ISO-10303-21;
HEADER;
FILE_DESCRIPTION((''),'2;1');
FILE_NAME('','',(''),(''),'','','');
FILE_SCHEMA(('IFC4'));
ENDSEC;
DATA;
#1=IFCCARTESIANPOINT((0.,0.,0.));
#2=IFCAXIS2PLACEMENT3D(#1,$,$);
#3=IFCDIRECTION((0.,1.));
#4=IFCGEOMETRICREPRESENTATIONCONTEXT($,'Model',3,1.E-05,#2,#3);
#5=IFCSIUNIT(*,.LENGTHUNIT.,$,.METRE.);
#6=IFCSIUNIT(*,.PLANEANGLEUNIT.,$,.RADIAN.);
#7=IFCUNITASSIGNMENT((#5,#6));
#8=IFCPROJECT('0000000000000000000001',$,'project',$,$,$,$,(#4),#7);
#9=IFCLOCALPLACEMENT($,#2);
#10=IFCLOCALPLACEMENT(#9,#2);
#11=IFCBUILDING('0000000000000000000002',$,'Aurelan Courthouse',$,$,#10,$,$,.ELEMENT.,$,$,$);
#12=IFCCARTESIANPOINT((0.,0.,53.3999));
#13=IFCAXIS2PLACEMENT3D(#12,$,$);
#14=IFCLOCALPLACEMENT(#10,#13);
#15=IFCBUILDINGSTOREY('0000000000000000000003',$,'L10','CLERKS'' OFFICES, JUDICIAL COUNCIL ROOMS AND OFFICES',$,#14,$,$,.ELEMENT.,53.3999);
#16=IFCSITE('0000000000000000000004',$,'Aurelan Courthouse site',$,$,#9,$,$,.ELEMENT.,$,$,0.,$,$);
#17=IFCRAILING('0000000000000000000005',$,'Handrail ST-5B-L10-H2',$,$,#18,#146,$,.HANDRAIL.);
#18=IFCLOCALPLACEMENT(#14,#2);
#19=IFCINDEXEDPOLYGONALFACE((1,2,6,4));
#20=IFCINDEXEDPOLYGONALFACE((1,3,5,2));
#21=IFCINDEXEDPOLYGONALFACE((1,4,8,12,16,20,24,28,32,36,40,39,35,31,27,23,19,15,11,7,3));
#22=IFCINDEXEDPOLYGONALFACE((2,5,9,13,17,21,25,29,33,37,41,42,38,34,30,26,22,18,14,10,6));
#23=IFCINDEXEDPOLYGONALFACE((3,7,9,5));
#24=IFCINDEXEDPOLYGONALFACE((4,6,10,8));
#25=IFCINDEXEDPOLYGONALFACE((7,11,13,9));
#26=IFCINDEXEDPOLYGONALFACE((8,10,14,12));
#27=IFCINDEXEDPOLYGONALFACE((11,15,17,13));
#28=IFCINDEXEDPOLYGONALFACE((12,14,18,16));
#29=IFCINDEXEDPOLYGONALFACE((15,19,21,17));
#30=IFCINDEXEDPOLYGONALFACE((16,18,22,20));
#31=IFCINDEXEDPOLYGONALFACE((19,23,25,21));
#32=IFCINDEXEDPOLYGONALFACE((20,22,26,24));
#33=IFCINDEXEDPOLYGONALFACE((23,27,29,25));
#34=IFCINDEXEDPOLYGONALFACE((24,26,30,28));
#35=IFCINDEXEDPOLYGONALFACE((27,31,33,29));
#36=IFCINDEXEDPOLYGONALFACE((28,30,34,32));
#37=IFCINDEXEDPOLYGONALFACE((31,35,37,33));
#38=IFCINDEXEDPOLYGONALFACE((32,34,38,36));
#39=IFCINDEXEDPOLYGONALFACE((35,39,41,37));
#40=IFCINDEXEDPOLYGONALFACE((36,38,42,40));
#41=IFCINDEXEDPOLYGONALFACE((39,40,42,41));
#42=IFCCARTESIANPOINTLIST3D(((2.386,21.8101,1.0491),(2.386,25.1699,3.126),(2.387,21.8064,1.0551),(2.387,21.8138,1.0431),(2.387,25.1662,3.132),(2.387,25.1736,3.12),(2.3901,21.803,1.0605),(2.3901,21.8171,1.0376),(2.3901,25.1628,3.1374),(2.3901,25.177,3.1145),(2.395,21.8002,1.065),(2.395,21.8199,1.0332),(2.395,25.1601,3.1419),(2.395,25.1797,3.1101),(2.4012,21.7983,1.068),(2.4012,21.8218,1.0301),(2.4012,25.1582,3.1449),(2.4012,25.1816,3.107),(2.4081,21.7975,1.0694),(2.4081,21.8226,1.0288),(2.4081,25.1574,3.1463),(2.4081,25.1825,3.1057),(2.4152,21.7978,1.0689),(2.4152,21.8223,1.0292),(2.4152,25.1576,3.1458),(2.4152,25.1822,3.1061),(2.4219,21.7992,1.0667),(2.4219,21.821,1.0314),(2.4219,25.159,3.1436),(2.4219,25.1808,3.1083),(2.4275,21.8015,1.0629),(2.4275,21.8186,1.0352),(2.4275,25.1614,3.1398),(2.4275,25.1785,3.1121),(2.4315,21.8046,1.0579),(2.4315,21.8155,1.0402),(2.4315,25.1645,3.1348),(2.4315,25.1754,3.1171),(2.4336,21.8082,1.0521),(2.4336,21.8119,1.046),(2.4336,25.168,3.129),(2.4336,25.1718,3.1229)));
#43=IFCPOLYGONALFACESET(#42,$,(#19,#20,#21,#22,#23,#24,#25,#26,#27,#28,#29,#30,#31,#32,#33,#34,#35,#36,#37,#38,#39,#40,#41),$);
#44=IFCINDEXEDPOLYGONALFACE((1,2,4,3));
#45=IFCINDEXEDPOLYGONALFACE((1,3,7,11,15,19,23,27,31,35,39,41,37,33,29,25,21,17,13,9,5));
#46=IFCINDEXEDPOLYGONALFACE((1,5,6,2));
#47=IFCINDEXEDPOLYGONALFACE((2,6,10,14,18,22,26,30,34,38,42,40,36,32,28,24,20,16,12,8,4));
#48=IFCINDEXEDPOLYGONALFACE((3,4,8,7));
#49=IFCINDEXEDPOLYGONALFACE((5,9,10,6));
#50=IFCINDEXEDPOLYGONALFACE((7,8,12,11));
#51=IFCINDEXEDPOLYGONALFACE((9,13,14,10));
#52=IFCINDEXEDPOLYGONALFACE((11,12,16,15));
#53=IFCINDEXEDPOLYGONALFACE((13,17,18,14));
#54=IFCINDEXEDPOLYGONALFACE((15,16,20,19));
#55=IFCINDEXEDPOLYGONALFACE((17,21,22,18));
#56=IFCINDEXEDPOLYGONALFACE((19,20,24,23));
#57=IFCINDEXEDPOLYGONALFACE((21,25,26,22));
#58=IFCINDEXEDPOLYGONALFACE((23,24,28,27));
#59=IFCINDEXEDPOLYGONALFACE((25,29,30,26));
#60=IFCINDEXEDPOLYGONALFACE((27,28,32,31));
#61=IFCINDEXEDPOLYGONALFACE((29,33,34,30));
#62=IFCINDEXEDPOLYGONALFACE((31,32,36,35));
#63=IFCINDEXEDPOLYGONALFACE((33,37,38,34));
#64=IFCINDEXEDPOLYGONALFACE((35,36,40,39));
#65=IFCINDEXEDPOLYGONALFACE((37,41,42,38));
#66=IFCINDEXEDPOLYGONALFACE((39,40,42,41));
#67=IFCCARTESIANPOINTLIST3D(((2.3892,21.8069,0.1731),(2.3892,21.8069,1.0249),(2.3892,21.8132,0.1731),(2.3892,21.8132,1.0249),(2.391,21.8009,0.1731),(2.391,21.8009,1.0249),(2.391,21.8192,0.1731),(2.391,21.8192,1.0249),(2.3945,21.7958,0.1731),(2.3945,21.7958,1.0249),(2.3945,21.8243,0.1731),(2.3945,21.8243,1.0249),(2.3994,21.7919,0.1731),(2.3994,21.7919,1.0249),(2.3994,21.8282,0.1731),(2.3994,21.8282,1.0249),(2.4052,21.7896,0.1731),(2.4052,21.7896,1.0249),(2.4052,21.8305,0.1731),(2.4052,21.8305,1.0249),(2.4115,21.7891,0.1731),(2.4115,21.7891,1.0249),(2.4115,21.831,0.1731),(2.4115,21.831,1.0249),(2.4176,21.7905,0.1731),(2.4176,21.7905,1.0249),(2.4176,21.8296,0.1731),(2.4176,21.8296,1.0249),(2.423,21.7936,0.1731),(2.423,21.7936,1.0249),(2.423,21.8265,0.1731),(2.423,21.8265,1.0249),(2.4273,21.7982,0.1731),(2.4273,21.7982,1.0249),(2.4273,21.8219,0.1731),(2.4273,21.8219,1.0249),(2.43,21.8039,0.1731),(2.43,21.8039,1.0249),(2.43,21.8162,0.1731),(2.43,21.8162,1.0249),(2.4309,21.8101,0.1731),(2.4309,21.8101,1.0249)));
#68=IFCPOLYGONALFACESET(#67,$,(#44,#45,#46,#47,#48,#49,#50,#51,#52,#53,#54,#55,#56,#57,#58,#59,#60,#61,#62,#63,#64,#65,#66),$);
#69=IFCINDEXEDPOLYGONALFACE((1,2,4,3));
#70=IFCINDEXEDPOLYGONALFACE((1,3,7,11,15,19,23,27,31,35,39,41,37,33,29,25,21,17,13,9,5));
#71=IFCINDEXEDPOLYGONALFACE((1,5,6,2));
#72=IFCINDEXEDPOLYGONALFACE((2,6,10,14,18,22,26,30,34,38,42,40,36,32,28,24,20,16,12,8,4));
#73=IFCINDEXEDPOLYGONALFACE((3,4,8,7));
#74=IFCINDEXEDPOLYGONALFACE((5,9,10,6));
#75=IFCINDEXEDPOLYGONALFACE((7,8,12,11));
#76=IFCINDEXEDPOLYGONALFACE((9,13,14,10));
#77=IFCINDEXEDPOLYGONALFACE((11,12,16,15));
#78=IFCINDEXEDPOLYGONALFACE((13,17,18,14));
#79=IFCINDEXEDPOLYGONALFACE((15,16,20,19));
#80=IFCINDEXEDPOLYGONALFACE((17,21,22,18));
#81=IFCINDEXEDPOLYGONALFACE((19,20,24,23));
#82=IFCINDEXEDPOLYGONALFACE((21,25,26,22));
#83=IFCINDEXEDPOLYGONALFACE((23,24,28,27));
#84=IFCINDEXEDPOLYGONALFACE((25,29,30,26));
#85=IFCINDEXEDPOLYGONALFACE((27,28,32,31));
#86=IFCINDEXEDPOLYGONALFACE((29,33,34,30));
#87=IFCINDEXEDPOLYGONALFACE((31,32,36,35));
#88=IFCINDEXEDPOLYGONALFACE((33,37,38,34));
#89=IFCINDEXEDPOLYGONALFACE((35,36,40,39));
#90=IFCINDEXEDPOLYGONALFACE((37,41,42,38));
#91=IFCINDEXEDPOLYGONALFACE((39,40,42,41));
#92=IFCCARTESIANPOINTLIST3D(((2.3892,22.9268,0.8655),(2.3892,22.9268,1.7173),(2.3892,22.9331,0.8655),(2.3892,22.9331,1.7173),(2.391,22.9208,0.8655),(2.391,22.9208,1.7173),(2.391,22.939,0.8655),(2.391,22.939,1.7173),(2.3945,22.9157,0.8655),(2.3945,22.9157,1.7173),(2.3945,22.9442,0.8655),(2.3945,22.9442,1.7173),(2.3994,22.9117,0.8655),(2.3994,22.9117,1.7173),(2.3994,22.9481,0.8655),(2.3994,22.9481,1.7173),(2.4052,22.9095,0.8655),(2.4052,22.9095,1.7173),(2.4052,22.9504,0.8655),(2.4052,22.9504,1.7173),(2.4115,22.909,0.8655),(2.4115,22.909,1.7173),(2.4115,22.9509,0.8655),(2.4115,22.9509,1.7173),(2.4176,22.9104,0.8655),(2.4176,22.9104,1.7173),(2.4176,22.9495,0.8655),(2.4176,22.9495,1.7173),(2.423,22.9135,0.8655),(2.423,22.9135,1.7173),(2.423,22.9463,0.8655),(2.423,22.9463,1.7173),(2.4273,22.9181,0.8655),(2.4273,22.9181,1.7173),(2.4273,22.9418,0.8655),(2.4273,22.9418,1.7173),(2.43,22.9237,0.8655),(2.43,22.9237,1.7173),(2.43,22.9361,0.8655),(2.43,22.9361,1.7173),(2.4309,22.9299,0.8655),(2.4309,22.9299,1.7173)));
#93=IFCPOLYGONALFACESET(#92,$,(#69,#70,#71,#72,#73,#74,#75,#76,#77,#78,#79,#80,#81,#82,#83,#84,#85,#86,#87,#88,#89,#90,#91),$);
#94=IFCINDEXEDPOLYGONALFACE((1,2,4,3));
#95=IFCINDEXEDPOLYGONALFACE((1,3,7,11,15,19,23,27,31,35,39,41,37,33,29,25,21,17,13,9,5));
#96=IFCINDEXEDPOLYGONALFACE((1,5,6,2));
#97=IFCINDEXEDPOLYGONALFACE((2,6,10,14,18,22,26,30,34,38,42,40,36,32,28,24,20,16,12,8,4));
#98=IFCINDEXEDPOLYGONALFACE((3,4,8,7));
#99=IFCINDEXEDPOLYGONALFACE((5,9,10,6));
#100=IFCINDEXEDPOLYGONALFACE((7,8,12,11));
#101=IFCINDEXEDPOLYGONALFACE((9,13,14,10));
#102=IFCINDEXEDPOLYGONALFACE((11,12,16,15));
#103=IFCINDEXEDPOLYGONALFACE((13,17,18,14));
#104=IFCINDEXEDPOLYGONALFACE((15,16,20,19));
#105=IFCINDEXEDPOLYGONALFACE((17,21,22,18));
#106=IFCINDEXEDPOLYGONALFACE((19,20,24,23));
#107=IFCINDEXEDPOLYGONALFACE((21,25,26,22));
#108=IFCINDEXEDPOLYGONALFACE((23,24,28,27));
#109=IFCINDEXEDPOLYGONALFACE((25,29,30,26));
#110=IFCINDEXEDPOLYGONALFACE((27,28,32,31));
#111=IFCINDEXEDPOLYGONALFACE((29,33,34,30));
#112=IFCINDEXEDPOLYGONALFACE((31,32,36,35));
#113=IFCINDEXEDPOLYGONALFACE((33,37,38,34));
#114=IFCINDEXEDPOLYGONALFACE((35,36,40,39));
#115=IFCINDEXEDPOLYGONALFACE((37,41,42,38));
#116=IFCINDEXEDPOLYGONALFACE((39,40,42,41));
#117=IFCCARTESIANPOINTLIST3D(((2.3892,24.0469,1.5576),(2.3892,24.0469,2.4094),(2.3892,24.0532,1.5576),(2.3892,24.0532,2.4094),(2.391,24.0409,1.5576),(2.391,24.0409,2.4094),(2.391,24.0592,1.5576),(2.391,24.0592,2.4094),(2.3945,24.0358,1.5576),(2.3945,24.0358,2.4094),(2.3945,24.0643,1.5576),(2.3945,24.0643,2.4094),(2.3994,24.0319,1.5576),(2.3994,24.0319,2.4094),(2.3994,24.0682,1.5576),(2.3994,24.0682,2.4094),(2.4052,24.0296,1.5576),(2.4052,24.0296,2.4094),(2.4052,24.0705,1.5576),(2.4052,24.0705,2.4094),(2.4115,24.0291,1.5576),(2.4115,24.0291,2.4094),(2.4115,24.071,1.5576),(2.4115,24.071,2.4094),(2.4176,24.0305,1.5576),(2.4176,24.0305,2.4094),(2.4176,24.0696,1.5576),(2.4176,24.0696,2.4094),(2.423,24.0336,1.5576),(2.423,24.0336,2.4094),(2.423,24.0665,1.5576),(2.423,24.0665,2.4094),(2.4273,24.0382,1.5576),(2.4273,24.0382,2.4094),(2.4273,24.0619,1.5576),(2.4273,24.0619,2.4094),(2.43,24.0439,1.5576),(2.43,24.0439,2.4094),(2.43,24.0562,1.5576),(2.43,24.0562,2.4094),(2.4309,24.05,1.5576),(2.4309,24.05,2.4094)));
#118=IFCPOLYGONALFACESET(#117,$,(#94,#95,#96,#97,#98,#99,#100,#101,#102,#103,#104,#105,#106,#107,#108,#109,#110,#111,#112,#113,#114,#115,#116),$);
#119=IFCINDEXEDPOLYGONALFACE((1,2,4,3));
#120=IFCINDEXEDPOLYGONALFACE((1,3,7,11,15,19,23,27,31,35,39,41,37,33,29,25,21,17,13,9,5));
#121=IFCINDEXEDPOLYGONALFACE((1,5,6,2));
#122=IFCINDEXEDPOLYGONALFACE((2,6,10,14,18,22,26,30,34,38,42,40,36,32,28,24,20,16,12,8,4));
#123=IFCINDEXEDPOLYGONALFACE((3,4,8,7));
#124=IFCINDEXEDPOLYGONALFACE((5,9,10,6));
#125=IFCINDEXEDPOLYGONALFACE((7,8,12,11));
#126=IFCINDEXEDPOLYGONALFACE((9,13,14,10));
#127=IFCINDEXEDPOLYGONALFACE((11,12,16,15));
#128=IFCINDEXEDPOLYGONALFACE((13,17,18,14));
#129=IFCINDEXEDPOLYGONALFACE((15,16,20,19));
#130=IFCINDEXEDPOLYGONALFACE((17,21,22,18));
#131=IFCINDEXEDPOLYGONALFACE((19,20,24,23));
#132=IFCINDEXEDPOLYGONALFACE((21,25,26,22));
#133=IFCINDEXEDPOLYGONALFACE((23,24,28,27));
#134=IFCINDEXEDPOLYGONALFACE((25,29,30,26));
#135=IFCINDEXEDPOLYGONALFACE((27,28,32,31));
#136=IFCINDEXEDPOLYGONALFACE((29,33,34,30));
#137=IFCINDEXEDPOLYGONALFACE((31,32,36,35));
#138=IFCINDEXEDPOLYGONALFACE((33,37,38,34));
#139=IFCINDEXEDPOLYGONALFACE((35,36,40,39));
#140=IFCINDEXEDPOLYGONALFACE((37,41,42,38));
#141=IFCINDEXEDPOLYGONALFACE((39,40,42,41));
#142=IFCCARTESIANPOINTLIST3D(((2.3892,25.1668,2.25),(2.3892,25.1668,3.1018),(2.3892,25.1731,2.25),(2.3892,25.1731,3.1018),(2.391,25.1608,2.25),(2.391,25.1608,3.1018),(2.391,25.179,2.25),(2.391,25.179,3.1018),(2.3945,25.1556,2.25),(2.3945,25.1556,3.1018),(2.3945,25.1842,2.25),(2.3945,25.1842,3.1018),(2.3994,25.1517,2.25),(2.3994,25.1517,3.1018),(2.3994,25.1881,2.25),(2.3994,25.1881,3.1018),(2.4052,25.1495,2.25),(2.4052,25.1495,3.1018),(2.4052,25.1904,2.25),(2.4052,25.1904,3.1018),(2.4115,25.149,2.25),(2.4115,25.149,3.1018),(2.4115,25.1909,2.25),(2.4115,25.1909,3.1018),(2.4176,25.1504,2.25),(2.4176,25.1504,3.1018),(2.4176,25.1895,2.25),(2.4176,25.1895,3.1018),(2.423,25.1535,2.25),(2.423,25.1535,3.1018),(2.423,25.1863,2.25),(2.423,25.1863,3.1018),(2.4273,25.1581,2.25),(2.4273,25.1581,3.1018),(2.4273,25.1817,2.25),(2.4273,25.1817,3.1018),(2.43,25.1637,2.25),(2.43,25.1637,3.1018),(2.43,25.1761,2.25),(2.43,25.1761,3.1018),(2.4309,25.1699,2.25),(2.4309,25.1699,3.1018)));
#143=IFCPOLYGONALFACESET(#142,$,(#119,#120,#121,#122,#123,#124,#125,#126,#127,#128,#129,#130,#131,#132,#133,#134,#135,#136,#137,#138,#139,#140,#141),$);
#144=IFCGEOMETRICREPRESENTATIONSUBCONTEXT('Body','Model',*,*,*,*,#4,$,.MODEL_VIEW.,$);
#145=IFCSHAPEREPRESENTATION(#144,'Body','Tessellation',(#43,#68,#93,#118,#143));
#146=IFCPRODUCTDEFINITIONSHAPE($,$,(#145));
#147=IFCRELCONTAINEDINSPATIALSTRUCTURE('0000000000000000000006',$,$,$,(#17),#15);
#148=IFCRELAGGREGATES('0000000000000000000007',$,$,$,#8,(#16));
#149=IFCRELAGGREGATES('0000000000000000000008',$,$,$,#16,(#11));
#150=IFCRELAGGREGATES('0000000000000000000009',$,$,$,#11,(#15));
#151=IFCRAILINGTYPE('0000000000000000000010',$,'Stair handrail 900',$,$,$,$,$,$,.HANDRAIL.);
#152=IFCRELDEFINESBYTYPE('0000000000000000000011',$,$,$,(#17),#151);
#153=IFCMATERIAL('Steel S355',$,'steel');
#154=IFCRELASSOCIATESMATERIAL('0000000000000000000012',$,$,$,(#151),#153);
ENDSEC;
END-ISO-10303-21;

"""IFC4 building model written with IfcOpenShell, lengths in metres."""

from ifc_helpers import new_model, si_unit, direction, frame, origin, origin_2d, place, context, subcontext, project, spatial, circle, extrude, material, type_object, element, save


model = new_model("IFC4")

# Units and contexts
model_context = context("Model", 3, precision=1e-05, world=origin(), true_north=direction((0.0, 1.0)))
body_context = subcontext(model_context, "Body", "Model", "MODEL_VIEW")
ifc_project = project(units=[si_unit("LENGTHUNIT", "METRE"), si_unit("PLANEANGLEUNIT", "RADIAN")], contexts=[model_context])

# Site, building, storey
site_placement = place(None, origin())
site = spatial("IfcSite", under=ifc_project, at=site_placement, Name="Aurelan Courthouse site", CompositionType="ELEMENT", RefElevation=0.0)
building_placement = place(site_placement, origin())
building = spatial("IfcBuilding", under=site, at=building_placement, Name="Aurelan Courthouse", CompositionType="ELEMENT")
storey_placement = place(building_placement, frame((0.0, 0.0, 53.3999)))
storey = spatial("IfcBuildingStorey", under=building, at=storey_placement, Name="L10", Description="CLERKS' OFFICES, JUDICIAL COUNCIL ROOMS AND OFFICES", CompositionType="ELEMENT", Elevation=53.3999)

# Railing
ifc_material_1 = material(Name="Steel S355", Category="steel")
railing_type = type_object("IfcRailingType", Name="Stair handrail 900", PredefinedType="HANDRAIL", material=ifc_material_1)
for number, where, name in (
    (1, (2.4099, 21.8101, 0.1731), "Handrail ST-5B-L10-H2"),
):
    element("IfcRailing", number, at=place(storey_placement, frame(where)), inside=storey, type_object=railing_type, Name=name, PredefinedType="HANDRAIL", context=body_context, shape_type="SweptSolid", body=[
        extrude(circle(Radius=0.0239, at=origin_2d()), frame((0.0, 0.0, 0.876), z_axis=(0.0, 0.850606, 0.525803), x_axis=(-1.0, 0.0, 0.0)), (0.0, 0.0, 1.0), 3.95),
        extrude(circle(Radius=0.021, at=origin_2d()), origin(), (0.0, 0.0, 1.0), 0.8518),
        extrude(circle(Radius=0.021, at=origin_2d()), frame((0.0, 1.1199, 0.6924)), (0.0, 0.0, 1.0), 0.8518),
        extrude(circle(Radius=0.021, at=origin_2d()), frame((0.0, 2.24, 1.3845)), (0.0, 0.0, 1.0), 0.8518),
        extrude(circle(Radius=0.021, at=origin_2d()), frame((0.0, 3.3599, 2.0769)), (0.0, 0.0, 1.0), 0.8518),
    ])

save(model, "model.ifc")
